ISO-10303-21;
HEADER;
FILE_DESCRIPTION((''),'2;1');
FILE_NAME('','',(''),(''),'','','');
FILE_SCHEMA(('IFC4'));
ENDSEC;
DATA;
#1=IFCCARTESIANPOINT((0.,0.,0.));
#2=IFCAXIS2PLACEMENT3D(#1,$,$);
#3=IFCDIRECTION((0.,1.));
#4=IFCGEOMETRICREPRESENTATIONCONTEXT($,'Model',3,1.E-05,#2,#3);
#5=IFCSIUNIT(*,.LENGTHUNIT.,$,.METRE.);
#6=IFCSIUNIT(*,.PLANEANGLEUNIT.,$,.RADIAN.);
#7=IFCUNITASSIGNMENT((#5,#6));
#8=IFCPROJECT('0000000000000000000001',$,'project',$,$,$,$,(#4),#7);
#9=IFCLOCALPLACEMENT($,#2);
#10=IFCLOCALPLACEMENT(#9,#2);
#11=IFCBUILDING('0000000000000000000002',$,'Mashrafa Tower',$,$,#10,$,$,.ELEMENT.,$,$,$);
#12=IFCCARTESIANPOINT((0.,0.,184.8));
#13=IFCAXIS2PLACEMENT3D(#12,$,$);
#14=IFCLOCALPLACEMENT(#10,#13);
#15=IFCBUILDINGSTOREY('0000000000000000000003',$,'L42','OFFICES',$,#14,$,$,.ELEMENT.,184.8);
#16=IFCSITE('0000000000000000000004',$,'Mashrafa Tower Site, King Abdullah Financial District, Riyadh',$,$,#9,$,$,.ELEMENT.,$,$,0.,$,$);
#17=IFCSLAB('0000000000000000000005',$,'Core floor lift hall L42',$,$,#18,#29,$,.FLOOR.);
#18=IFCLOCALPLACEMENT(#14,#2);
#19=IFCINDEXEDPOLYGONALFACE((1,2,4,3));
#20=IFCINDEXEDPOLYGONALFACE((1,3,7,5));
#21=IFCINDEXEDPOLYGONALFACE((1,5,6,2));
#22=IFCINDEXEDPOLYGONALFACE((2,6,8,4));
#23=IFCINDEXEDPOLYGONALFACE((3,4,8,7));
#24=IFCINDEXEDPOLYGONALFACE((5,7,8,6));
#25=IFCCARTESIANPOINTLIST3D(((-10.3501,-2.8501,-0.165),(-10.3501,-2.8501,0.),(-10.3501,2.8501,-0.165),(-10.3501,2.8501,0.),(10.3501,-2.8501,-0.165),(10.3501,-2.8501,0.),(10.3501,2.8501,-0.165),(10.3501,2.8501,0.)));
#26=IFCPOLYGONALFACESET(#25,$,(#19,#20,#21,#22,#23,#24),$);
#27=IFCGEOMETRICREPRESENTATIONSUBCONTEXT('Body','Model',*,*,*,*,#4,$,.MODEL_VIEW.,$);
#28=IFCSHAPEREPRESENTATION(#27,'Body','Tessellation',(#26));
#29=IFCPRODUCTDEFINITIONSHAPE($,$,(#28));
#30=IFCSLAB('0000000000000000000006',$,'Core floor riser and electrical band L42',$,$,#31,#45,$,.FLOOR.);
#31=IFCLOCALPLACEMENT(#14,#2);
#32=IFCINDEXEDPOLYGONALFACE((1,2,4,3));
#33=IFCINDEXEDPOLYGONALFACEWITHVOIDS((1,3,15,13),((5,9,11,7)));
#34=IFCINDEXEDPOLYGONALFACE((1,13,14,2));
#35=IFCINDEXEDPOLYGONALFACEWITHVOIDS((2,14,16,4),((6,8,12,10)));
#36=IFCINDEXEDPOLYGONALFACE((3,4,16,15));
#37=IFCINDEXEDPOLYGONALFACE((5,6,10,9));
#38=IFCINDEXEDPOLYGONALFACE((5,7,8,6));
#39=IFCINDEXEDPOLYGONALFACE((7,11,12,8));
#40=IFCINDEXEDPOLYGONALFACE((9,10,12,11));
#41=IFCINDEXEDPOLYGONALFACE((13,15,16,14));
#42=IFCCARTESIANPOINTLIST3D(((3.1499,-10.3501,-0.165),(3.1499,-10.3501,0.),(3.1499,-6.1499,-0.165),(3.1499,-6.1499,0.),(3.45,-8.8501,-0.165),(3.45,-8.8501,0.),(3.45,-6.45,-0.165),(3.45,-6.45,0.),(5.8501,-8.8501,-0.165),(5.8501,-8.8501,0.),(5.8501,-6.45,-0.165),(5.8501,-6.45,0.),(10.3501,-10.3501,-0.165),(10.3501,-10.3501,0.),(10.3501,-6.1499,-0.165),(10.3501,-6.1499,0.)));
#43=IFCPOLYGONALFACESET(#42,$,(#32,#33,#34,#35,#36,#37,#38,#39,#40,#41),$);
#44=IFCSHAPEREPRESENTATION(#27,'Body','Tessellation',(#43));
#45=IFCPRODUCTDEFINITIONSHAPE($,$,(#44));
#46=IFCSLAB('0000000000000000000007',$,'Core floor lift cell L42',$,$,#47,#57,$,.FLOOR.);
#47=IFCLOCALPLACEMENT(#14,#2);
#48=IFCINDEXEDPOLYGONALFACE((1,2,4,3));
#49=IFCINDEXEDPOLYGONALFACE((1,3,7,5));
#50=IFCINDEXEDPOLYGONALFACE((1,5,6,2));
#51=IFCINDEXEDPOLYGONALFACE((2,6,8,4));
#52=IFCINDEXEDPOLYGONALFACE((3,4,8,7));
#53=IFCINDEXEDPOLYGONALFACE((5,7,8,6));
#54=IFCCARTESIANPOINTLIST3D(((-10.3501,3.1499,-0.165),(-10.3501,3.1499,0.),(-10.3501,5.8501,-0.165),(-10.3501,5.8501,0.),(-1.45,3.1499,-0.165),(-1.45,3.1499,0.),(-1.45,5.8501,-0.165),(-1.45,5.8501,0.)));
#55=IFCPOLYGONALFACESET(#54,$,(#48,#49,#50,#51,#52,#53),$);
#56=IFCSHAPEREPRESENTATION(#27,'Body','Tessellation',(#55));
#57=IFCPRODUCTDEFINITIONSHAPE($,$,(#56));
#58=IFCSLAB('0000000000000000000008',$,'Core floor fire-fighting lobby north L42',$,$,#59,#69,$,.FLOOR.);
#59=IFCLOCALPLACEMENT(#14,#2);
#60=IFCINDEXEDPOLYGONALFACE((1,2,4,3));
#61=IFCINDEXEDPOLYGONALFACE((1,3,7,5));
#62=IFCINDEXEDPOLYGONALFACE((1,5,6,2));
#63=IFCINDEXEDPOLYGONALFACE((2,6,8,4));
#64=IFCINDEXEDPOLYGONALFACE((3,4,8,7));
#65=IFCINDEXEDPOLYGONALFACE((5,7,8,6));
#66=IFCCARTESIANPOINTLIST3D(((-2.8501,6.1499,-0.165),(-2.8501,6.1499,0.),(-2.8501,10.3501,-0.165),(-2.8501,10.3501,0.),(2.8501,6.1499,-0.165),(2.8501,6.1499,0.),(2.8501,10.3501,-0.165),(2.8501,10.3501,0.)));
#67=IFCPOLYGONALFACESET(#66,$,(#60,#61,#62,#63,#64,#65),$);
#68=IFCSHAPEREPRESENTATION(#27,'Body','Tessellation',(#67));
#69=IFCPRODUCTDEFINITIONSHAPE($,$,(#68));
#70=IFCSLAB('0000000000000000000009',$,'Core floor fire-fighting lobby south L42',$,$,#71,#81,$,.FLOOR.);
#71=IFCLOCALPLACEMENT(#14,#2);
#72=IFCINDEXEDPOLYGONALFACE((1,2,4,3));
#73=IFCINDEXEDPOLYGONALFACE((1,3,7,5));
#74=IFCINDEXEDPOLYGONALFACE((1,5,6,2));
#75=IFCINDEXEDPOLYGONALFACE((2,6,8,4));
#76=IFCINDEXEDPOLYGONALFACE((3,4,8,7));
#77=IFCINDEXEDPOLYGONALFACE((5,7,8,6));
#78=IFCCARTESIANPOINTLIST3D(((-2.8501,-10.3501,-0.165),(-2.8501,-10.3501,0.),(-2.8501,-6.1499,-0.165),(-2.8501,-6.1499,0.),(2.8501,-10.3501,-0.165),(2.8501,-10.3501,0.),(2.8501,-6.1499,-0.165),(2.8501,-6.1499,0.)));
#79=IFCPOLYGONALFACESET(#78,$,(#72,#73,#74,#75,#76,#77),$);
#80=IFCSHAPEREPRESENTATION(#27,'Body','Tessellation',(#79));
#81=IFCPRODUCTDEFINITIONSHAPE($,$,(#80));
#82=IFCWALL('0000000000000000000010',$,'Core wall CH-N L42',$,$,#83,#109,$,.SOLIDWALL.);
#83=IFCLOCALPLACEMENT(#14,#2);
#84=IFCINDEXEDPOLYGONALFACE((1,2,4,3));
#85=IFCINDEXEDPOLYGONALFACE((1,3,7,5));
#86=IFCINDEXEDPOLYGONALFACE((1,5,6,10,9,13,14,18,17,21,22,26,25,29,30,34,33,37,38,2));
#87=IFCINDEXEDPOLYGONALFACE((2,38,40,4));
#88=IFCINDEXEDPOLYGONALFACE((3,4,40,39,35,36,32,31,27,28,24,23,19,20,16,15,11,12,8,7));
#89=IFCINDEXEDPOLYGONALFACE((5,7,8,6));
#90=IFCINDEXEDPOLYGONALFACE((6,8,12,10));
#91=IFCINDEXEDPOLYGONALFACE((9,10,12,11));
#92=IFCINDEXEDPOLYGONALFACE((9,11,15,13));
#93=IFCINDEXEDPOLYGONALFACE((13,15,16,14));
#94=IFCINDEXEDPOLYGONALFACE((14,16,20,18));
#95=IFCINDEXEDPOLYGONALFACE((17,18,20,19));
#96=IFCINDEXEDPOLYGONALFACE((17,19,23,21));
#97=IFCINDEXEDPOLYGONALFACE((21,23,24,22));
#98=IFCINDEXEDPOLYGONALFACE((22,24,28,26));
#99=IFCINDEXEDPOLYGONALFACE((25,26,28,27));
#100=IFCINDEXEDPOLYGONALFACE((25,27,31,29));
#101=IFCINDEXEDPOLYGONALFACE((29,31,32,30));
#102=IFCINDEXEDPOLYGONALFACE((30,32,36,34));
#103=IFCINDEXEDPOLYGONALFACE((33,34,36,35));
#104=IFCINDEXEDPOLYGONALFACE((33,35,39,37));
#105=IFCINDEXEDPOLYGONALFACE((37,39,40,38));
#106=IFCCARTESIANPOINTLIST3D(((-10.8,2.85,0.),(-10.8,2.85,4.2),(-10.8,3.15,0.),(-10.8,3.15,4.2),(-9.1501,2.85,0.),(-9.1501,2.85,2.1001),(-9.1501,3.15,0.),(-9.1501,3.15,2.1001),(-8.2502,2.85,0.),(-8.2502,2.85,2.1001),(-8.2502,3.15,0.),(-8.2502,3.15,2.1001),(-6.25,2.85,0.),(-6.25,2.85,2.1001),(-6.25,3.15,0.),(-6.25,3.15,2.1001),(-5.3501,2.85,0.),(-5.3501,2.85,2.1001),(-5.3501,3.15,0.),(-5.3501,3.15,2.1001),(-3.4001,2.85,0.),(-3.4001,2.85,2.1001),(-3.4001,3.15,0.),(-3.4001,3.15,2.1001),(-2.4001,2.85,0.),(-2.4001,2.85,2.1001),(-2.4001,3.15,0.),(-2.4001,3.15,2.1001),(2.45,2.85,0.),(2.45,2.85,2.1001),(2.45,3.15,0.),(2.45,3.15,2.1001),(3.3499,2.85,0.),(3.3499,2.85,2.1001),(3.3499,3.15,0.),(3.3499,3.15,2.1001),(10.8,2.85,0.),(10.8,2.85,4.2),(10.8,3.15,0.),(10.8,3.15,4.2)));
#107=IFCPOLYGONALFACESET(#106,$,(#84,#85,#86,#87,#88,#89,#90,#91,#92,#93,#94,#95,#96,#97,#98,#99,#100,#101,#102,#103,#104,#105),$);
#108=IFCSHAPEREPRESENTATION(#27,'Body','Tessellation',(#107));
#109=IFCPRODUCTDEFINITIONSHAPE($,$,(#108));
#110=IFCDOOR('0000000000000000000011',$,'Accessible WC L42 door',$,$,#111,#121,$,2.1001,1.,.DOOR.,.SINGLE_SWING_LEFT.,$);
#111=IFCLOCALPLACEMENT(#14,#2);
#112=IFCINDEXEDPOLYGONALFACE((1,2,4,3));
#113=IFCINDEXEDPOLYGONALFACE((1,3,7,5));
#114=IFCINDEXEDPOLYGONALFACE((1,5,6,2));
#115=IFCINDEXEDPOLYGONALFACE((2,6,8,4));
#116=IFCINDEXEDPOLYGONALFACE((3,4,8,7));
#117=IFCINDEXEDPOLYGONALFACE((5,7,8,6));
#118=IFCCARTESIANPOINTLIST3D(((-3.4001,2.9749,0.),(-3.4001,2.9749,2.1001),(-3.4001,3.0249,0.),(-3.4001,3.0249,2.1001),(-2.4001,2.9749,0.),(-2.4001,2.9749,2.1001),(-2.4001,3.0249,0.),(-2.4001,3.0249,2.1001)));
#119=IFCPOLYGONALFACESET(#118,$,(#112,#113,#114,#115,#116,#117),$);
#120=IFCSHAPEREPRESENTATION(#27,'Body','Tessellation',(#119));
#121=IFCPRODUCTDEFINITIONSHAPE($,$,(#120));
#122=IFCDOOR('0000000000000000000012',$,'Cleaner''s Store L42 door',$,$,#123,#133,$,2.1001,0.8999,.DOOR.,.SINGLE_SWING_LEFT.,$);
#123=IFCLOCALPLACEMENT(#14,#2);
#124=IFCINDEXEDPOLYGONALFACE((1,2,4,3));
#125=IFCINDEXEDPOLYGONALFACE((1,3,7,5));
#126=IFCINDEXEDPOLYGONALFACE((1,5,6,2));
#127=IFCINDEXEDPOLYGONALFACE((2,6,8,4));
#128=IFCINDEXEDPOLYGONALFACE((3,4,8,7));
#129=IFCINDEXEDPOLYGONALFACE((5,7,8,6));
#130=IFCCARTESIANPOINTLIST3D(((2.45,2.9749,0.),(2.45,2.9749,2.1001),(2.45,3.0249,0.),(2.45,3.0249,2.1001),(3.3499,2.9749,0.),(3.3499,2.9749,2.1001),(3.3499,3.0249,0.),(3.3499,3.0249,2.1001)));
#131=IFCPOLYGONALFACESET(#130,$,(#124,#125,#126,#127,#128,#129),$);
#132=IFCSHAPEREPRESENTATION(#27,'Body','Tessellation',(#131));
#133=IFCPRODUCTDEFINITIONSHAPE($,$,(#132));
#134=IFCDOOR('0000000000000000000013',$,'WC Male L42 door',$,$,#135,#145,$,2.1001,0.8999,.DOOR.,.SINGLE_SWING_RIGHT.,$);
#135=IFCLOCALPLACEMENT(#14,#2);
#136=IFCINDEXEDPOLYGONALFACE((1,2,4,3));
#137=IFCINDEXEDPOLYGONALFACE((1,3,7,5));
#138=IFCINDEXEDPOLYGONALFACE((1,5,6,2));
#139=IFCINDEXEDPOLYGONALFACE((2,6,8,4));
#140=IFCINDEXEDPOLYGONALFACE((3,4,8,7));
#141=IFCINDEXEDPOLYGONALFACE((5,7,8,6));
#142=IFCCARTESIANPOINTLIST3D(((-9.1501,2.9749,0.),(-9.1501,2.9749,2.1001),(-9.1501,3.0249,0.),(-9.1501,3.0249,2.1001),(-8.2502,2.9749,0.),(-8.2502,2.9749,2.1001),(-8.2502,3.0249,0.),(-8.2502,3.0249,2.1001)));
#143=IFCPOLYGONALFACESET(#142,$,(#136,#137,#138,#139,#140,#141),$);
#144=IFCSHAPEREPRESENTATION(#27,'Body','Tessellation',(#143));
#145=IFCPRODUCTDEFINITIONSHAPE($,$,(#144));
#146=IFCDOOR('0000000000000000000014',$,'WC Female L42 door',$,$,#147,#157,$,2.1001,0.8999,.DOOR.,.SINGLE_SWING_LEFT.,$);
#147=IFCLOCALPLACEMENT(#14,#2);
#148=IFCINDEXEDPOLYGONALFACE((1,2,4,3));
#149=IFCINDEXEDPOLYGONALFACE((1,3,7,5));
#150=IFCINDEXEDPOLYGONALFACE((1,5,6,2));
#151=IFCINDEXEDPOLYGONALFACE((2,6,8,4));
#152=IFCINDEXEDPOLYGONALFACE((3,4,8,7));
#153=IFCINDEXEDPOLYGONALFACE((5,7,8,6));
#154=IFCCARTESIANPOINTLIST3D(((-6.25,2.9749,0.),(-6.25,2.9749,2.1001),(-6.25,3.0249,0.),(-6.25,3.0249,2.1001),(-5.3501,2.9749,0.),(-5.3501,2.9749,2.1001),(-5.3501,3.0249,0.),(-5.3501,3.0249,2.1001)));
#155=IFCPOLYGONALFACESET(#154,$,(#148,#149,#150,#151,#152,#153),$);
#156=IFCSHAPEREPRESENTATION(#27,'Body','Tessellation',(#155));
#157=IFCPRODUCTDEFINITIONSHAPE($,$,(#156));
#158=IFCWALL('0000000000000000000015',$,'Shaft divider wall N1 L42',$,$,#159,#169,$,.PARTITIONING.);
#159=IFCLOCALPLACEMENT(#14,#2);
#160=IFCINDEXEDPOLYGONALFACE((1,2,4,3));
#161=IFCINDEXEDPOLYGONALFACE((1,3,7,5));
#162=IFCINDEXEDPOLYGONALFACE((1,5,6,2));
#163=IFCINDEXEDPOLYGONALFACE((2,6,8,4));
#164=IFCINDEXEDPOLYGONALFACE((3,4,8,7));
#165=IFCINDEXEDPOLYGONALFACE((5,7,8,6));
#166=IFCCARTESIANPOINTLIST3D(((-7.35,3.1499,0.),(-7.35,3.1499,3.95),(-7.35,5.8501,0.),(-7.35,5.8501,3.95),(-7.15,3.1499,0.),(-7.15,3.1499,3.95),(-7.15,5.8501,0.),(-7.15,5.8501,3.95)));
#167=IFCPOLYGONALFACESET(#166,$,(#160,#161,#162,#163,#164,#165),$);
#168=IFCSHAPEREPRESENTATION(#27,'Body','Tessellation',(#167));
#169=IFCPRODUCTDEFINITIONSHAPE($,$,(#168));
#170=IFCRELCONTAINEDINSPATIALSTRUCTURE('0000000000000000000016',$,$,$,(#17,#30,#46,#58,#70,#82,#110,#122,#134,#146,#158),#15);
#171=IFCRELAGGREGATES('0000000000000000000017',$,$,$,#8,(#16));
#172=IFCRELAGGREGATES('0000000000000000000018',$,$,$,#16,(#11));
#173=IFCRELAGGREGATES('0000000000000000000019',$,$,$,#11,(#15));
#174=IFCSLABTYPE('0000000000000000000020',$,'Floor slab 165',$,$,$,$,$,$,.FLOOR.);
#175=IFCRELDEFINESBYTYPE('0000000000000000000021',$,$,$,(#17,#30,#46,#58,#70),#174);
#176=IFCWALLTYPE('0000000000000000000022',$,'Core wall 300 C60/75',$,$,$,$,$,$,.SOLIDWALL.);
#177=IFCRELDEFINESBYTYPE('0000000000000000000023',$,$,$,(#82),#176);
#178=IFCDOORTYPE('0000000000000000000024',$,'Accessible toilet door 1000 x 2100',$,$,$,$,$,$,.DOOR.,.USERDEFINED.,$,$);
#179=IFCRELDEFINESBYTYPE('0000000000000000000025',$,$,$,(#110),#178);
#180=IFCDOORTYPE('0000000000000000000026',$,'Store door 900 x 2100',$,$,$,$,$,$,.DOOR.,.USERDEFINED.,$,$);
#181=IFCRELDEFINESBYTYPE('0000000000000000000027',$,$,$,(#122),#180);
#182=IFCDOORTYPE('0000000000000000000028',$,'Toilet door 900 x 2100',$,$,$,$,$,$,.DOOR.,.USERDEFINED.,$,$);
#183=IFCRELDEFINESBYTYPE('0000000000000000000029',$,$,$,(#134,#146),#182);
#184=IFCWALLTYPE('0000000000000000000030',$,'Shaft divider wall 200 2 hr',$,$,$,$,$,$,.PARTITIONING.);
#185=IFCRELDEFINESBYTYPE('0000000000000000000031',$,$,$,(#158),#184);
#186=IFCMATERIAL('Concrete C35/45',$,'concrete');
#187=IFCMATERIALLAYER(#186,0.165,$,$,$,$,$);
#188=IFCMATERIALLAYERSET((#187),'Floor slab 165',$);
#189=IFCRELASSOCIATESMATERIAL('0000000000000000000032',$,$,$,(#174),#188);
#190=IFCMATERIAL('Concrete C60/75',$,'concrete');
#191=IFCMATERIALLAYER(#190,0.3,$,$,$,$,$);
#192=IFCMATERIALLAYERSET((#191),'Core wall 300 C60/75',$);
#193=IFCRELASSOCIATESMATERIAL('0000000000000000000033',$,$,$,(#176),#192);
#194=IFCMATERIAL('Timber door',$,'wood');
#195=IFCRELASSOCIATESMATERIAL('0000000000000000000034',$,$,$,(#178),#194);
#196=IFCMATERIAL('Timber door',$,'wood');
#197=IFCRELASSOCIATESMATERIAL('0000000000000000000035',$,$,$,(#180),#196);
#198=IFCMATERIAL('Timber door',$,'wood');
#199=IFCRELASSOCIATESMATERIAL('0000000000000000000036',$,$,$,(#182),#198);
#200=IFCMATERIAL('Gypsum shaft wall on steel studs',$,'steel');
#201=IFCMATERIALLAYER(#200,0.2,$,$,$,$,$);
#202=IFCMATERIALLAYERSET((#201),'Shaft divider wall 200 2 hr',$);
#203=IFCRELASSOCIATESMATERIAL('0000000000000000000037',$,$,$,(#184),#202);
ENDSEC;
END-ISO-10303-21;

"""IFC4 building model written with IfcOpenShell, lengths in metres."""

from ifc_helpers import new_model, si_unit, direction, frame, frame_2d, origin, place, context, subcontext, project, spatial, polyline, rectangle, outline, extrude, material, layer, layer_set, type_object, element, fill, save


model = new_model("IFC4")

# Units and contexts
model_context = context("Model", 3, precision=1e-05, world=origin(), true_north=direction((0.0, 1.0)))
body_context = subcontext(model_context, "Body", "Model", "MODEL_VIEW")
ifc_project = project(units=[si_unit("LENGTHUNIT", "METRE"), si_unit("PLANEANGLEUNIT", "RADIAN")], contexts=[model_context])

# Site, building, storey
site_placement = place(None, origin())
site = spatial("IfcSite", under=ifc_project, at=site_placement, Name="Mashrafa Tower Site, King Abdullah Financial District, Riyadh", CompositionType="ELEMENT", RefElevation=0.0)
building_placement = place(site_placement, origin())
building = spatial("IfcBuilding", under=site, at=building_placement, Name="Mashrafa Tower", CompositionType="ELEMENT")
storey_placement = place(building_placement, frame((0.0, 0.0, 184.8)))
storey = spatial("IfcBuildingStorey", under=building, at=storey_placement, Name="L42", Description="OFFICES", CompositionType="ELEMENT", Elevation=184.8)

# Slabs
ifc_material_1 = material(Name="Concrete C35/45", Category="concrete")
ifc_layer_1 = layer(ifc_material_1, 0.165)
ifc_layer_set_1 = layer_set([ifc_layer_1], Name="Floor slab 165")
slab_type = type_object("IfcSlabType", Name="Floor slab 165", PredefinedType="FLOOR", material=ifc_layer_set_1)
slab_1_placement = place(storey_placement, frame((0.0, 0.0, -0.165)))
element("IfcSlab", 1, at=slab_1_placement, inside=storey, type_object=slab_type, Name="Core floor lift hall L42", PredefinedType="FLOOR", context=body_context, shape_type="SweptSolid", body=[
    extrude(outline(polyline([(-10.3501, 2.8501), (10.3501, 2.8501), (10.3501, -2.8501), (-10.3501, -2.8501), (-10.3501, 2.8501)])), origin(), (0.0, 0.0, 1.0), 0.165),
])
slab_2_placement = place(storey_placement, frame((0.0, 0.0, -0.165)))
element("IfcSlab", 2, at=slab_2_placement, inside=storey, type_object=slab_type, Name="Core floor riser and electrical band L42", PredefinedType="FLOOR", context=body_context, shape_type="SweptSolid", body=[
    extrude(outline(polyline([(10.3501, -6.1499), (10.3501, -10.3501), (3.1499, -10.3501), (3.1499, -6.1499), (10.3501, -6.1499)]), holes=[polyline([(3.45, -8.8501), (5.8501, -8.8501), (5.8501, -6.45), (3.45, -6.45), (3.45, -8.8501)])]), origin(), (0.0, 0.0, 1.0), 0.165),
])
slab_3_placement = place(storey_placement, frame((0.0, 0.0, -0.165)))
element("IfcSlab", 3, at=slab_3_placement, inside=storey, type_object=slab_type, Name="Core floor lift cell L42", PredefinedType="FLOOR", context=body_context, shape_type="SweptSolid", body=[
    extrude(outline(polyline([(-1.45, 3.1499), (-10.3501, 3.1499), (-10.3501, 5.8501), (-1.45, 5.8501), (-1.45, 3.1499)])), origin(), (0.0, 0.0, 1.0), 0.165),
])
slab_4_placement = place(storey_placement, frame((0.0, 0.0, -0.165)))
element("IfcSlab", 4, at=slab_4_placement, inside=storey, type_object=slab_type, Name="Core floor fire-fighting lobby north L42", PredefinedType="FLOOR", context=body_context, shape_type="SweptSolid", body=[
    extrude(outline(polyline([(-2.8501, 10.3501), (2.8501, 10.3501), (2.8501, 6.1499), (-2.8501, 6.1499), (-2.8501, 10.3501)])), origin(), (0.0, 0.0, 1.0), 0.165),
])
slab_5_placement = place(storey_placement, frame((0.0, 0.0, -0.165)))
element("IfcSlab", 5, at=slab_5_placement, inside=storey, type_object=slab_type, Name="Core floor fire-fighting lobby south L42", PredefinedType="FLOOR", context=body_context, shape_type="SweptSolid", body=[
    extrude(outline(polyline([(2.8501, -6.1499), (2.8501, -10.3501), (-2.8501, -10.3501), (-2.8501, -6.1499), (2.8501, -6.1499)])), origin(), (0.0, 0.0, 1.0), 0.165),
])

# Wall, openings, doors
ifc_material_2 = material(Name="Concrete C60/75", Category="concrete")
ifc_layer_2 = layer(ifc_material_2, 0.3)
ifc_layer_set_2 = layer_set([ifc_layer_2], Name="Core wall 300 C60/75")
wall_type_1 = type_object("IfcWallType", Name="Core wall 300 C60/75", PredefinedType="SOLIDWALL", material=ifc_layer_set_2)
wall_placement = place(storey_placement, frame((-10.8, 3.0, 0.0), z_axis=(0.0, 0.0, 1.0), x_axis=(1.0, 0.0, 0.0)))
wall = element("IfcWall", 6, at=wall_placement, inside=storey, type_object=wall_type_1, Name="Core wall CH-N L42", PredefinedType="SOLIDWALL", context=body_context, shape_type="SweptSolid", body=[
    extrude(rectangle(XDim=21.6001, YDim=0.3, at=frame_2d((10.8, 0.0))), origin(), (0.0, 0.0, 1.0), 4.2),
])
opening_1_placement = place(wall_placement, frame((1.6499, 0.0, 0.0)))
opening_1 = element("IfcOpeningElement", 7, at=opening_1_placement, cuts=wall, PredefinedType="OPENING", context=body_context, shape_type="SweptSolid", body=[
    extrude(rectangle(XDim=0.8999, YDim=2.1001, at=frame_2d((0.45, 1.05))), frame((0.0, 0.1599, 0.0), z_axis=(0.0, -1.0, 0.0), x_axis=(1.0, 0.0, 0.0)), (0.0, 0.0, 1.0), 0.3201),
])
opening_2_placement = place(wall_placement, frame((4.55, 0.0, 0.0)))
opening_2 = element("IfcOpeningElement", 8, at=opening_2_placement, cuts=wall, PredefinedType="OPENING", context=body_context, shape_type="SweptSolid", body=[
    extrude(rectangle(XDim=0.8999, YDim=2.1001, at=frame_2d((0.45, 1.05))), frame((0.0, 0.1599, 0.0), z_axis=(0.0, -1.0, 0.0), x_axis=(1.0, 0.0, 0.0)), (0.0, 0.0, 1.0), 0.3201),
])
opening_3_placement = place(wall_placement, frame((7.3999, 0.0, 0.0)))
opening_3 = element("IfcOpeningElement", 9, at=opening_3_placement, cuts=wall, PredefinedType="OPENING", context=body_context, shape_type="SweptSolid", body=[
    extrude(rectangle(XDim=1.0, YDim=2.1001, at=frame_2d((0.5, 1.05))), frame((0.0, 0.1599, 0.0), z_axis=(0.0, -1.0, 0.0), x_axis=(1.0, 0.0, 0.0)), (0.0, 0.0, 1.0), 0.3201),
])
opening_4_placement = place(wall_placement, frame((13.25, 0.0, 0.0)))
opening_4 = element("IfcOpeningElement", 10, at=opening_4_placement, cuts=wall, PredefinedType="OPENING", context=body_context, shape_type="SweptSolid", body=[
    extrude(rectangle(XDim=0.8999, YDim=2.1001, at=frame_2d((0.45, 1.05))), frame((0.0, 0.1599, 0.0), z_axis=(0.0, -1.0, 0.0), x_axis=(1.0, 0.0, 0.0)), (0.0, 0.0, 1.0), 0.3201),
])
ifc_material_3 = material(Name="Timber door", Category="wood")
door_type_1 = type_object("IfcDoorType", Name="Accessible toilet door 1000 x 2100", OperationType="USERDEFINED", PredefinedType="DOOR", material=ifc_material_3)
door_1_placement = place(opening_3_placement, origin())
door_1 = element("IfcDoor", 11, at=door_1_placement, inside=storey, type_object=door_type_1, Name="Accessible WC L42 door", OperationType="SINGLE_SWING_LEFT", OverallHeight=2.1001, OverallWidth=1.0, PredefinedType="DOOR", context=body_context, shape_type="SweptSolid", body=[
    extrude(rectangle(XDim=1.0, YDim=2.1001, at=frame_2d((0.5, 1.05))), frame((0.0, 0.0249, 0.0), z_axis=(0.0, -1.0, 0.0), x_axis=(1.0, 0.0, 0.0)), (0.0, 0.0, 1.0), 0.05),
])
fill(opening_3, door_1)
ifc_material_4 = material(Name="Timber door", Category="wood")
door_type_2 = type_object("IfcDoorType", Name="Store door 900 x 2100", OperationType="USERDEFINED", PredefinedType="DOOR", material=ifc_material_4)
door_2_placement = place(opening_4_placement, origin())
door_2 = element("IfcDoor", 12, at=door_2_placement, inside=storey, type_object=door_type_2, Name="Cleaner's Store L42 door", OperationType="SINGLE_SWING_LEFT", OverallHeight=2.1001, OverallWidth=0.8999, PredefinedType="DOOR", context=body_context, shape_type="SweptSolid", body=[
    extrude(rectangle(XDim=0.8999, YDim=2.1001, at=frame_2d((0.45, 1.05))), frame((0.0, 0.0249, 0.0), z_axis=(0.0, -1.0, 0.0), x_axis=(1.0, 0.0, 0.0)), (0.0, 0.0, 1.0), 0.05),
])
fill(opening_4, door_2)
ifc_material_5 = material(Name="Timber door", Category="wood")
door_type_3 = type_object("IfcDoorType", Name="Toilet door 900 x 2100", OperationType="USERDEFINED", PredefinedType="DOOR", material=ifc_material_5)
door_3_placement = place(opening_1_placement, origin())
door_3 = element("IfcDoor", 13, at=door_3_placement, inside=storey, type_object=door_type_3, Name="WC Male L42 door", OperationType="SINGLE_SWING_RIGHT", OverallHeight=2.1001, OverallWidth=0.8999, PredefinedType="DOOR", context=body_context, shape_type="SweptSolid", body=[
    extrude(rectangle(XDim=0.8999, YDim=2.1001, at=frame_2d((0.45, 1.05))), frame((0.0, 0.0249, 0.0), z_axis=(0.0, -1.0, 0.0), x_axis=(1.0, 0.0, 0.0)), (0.0, 0.0, 1.0), 0.05),
])
fill(opening_1, door_3)
door_4_placement = place(opening_2_placement, origin())
door_4 = element("IfcDoor", 14, at=door_4_placement, inside=storey, type_object=door_type_3, Name="WC Female L42 door", OperationType="SINGLE_SWING_LEFT", OverallHeight=2.1001, OverallWidth=0.8999, PredefinedType="DOOR", context=body_context, shape_type="SweptSolid", body=[
    extrude(rectangle(XDim=0.8999, YDim=2.1001, at=frame_2d((0.45, 1.05))), frame((0.0, 0.0249, 0.0), z_axis=(0.0, -1.0, 0.0), x_axis=(1.0, 0.0, 0.0)), (0.0, 0.0, 1.0), 0.05),
])
fill(opening_2, door_4)

# Wall
ifc_material_6 = material(Name="Gypsum shaft wall on steel studs", Category="steel")
ifc_layer_3 = layer(ifc_material_6, 0.2)
ifc_layer_set_3 = layer_set([ifc_layer_3], Name="Shaft divider wall 200 2 hr")
wall_type_2 = type_object("IfcWallType", Name="Shaft divider wall 200 2 hr", PredefinedType="PARTITIONING", material=ifc_layer_set_3)
for number, where, z_axis, x_axis, name in (
    (15, (-7.25, 3.1499, 0.0), (0.0, 0.0, 1.0), (0.0, 1.0, 0.0), "Shaft divider wall N1 L42"),
):
    element("IfcWall", number, at=place(storey_placement, frame(where, z_axis=z_axis, x_axis=x_axis)), inside=storey, type_object=wall_type_2, Name=name, PredefinedType="PARTITIONING", context=body_context, shape_type="SweptSolid", body=[
        extrude(rectangle(XDim=2.7002, YDim=0.2, at=frame_2d((1.3501, 0.0))), origin(), (0.0, 0.0, 1.0), 3.95),
    ])

save(model, "model.ifc")
